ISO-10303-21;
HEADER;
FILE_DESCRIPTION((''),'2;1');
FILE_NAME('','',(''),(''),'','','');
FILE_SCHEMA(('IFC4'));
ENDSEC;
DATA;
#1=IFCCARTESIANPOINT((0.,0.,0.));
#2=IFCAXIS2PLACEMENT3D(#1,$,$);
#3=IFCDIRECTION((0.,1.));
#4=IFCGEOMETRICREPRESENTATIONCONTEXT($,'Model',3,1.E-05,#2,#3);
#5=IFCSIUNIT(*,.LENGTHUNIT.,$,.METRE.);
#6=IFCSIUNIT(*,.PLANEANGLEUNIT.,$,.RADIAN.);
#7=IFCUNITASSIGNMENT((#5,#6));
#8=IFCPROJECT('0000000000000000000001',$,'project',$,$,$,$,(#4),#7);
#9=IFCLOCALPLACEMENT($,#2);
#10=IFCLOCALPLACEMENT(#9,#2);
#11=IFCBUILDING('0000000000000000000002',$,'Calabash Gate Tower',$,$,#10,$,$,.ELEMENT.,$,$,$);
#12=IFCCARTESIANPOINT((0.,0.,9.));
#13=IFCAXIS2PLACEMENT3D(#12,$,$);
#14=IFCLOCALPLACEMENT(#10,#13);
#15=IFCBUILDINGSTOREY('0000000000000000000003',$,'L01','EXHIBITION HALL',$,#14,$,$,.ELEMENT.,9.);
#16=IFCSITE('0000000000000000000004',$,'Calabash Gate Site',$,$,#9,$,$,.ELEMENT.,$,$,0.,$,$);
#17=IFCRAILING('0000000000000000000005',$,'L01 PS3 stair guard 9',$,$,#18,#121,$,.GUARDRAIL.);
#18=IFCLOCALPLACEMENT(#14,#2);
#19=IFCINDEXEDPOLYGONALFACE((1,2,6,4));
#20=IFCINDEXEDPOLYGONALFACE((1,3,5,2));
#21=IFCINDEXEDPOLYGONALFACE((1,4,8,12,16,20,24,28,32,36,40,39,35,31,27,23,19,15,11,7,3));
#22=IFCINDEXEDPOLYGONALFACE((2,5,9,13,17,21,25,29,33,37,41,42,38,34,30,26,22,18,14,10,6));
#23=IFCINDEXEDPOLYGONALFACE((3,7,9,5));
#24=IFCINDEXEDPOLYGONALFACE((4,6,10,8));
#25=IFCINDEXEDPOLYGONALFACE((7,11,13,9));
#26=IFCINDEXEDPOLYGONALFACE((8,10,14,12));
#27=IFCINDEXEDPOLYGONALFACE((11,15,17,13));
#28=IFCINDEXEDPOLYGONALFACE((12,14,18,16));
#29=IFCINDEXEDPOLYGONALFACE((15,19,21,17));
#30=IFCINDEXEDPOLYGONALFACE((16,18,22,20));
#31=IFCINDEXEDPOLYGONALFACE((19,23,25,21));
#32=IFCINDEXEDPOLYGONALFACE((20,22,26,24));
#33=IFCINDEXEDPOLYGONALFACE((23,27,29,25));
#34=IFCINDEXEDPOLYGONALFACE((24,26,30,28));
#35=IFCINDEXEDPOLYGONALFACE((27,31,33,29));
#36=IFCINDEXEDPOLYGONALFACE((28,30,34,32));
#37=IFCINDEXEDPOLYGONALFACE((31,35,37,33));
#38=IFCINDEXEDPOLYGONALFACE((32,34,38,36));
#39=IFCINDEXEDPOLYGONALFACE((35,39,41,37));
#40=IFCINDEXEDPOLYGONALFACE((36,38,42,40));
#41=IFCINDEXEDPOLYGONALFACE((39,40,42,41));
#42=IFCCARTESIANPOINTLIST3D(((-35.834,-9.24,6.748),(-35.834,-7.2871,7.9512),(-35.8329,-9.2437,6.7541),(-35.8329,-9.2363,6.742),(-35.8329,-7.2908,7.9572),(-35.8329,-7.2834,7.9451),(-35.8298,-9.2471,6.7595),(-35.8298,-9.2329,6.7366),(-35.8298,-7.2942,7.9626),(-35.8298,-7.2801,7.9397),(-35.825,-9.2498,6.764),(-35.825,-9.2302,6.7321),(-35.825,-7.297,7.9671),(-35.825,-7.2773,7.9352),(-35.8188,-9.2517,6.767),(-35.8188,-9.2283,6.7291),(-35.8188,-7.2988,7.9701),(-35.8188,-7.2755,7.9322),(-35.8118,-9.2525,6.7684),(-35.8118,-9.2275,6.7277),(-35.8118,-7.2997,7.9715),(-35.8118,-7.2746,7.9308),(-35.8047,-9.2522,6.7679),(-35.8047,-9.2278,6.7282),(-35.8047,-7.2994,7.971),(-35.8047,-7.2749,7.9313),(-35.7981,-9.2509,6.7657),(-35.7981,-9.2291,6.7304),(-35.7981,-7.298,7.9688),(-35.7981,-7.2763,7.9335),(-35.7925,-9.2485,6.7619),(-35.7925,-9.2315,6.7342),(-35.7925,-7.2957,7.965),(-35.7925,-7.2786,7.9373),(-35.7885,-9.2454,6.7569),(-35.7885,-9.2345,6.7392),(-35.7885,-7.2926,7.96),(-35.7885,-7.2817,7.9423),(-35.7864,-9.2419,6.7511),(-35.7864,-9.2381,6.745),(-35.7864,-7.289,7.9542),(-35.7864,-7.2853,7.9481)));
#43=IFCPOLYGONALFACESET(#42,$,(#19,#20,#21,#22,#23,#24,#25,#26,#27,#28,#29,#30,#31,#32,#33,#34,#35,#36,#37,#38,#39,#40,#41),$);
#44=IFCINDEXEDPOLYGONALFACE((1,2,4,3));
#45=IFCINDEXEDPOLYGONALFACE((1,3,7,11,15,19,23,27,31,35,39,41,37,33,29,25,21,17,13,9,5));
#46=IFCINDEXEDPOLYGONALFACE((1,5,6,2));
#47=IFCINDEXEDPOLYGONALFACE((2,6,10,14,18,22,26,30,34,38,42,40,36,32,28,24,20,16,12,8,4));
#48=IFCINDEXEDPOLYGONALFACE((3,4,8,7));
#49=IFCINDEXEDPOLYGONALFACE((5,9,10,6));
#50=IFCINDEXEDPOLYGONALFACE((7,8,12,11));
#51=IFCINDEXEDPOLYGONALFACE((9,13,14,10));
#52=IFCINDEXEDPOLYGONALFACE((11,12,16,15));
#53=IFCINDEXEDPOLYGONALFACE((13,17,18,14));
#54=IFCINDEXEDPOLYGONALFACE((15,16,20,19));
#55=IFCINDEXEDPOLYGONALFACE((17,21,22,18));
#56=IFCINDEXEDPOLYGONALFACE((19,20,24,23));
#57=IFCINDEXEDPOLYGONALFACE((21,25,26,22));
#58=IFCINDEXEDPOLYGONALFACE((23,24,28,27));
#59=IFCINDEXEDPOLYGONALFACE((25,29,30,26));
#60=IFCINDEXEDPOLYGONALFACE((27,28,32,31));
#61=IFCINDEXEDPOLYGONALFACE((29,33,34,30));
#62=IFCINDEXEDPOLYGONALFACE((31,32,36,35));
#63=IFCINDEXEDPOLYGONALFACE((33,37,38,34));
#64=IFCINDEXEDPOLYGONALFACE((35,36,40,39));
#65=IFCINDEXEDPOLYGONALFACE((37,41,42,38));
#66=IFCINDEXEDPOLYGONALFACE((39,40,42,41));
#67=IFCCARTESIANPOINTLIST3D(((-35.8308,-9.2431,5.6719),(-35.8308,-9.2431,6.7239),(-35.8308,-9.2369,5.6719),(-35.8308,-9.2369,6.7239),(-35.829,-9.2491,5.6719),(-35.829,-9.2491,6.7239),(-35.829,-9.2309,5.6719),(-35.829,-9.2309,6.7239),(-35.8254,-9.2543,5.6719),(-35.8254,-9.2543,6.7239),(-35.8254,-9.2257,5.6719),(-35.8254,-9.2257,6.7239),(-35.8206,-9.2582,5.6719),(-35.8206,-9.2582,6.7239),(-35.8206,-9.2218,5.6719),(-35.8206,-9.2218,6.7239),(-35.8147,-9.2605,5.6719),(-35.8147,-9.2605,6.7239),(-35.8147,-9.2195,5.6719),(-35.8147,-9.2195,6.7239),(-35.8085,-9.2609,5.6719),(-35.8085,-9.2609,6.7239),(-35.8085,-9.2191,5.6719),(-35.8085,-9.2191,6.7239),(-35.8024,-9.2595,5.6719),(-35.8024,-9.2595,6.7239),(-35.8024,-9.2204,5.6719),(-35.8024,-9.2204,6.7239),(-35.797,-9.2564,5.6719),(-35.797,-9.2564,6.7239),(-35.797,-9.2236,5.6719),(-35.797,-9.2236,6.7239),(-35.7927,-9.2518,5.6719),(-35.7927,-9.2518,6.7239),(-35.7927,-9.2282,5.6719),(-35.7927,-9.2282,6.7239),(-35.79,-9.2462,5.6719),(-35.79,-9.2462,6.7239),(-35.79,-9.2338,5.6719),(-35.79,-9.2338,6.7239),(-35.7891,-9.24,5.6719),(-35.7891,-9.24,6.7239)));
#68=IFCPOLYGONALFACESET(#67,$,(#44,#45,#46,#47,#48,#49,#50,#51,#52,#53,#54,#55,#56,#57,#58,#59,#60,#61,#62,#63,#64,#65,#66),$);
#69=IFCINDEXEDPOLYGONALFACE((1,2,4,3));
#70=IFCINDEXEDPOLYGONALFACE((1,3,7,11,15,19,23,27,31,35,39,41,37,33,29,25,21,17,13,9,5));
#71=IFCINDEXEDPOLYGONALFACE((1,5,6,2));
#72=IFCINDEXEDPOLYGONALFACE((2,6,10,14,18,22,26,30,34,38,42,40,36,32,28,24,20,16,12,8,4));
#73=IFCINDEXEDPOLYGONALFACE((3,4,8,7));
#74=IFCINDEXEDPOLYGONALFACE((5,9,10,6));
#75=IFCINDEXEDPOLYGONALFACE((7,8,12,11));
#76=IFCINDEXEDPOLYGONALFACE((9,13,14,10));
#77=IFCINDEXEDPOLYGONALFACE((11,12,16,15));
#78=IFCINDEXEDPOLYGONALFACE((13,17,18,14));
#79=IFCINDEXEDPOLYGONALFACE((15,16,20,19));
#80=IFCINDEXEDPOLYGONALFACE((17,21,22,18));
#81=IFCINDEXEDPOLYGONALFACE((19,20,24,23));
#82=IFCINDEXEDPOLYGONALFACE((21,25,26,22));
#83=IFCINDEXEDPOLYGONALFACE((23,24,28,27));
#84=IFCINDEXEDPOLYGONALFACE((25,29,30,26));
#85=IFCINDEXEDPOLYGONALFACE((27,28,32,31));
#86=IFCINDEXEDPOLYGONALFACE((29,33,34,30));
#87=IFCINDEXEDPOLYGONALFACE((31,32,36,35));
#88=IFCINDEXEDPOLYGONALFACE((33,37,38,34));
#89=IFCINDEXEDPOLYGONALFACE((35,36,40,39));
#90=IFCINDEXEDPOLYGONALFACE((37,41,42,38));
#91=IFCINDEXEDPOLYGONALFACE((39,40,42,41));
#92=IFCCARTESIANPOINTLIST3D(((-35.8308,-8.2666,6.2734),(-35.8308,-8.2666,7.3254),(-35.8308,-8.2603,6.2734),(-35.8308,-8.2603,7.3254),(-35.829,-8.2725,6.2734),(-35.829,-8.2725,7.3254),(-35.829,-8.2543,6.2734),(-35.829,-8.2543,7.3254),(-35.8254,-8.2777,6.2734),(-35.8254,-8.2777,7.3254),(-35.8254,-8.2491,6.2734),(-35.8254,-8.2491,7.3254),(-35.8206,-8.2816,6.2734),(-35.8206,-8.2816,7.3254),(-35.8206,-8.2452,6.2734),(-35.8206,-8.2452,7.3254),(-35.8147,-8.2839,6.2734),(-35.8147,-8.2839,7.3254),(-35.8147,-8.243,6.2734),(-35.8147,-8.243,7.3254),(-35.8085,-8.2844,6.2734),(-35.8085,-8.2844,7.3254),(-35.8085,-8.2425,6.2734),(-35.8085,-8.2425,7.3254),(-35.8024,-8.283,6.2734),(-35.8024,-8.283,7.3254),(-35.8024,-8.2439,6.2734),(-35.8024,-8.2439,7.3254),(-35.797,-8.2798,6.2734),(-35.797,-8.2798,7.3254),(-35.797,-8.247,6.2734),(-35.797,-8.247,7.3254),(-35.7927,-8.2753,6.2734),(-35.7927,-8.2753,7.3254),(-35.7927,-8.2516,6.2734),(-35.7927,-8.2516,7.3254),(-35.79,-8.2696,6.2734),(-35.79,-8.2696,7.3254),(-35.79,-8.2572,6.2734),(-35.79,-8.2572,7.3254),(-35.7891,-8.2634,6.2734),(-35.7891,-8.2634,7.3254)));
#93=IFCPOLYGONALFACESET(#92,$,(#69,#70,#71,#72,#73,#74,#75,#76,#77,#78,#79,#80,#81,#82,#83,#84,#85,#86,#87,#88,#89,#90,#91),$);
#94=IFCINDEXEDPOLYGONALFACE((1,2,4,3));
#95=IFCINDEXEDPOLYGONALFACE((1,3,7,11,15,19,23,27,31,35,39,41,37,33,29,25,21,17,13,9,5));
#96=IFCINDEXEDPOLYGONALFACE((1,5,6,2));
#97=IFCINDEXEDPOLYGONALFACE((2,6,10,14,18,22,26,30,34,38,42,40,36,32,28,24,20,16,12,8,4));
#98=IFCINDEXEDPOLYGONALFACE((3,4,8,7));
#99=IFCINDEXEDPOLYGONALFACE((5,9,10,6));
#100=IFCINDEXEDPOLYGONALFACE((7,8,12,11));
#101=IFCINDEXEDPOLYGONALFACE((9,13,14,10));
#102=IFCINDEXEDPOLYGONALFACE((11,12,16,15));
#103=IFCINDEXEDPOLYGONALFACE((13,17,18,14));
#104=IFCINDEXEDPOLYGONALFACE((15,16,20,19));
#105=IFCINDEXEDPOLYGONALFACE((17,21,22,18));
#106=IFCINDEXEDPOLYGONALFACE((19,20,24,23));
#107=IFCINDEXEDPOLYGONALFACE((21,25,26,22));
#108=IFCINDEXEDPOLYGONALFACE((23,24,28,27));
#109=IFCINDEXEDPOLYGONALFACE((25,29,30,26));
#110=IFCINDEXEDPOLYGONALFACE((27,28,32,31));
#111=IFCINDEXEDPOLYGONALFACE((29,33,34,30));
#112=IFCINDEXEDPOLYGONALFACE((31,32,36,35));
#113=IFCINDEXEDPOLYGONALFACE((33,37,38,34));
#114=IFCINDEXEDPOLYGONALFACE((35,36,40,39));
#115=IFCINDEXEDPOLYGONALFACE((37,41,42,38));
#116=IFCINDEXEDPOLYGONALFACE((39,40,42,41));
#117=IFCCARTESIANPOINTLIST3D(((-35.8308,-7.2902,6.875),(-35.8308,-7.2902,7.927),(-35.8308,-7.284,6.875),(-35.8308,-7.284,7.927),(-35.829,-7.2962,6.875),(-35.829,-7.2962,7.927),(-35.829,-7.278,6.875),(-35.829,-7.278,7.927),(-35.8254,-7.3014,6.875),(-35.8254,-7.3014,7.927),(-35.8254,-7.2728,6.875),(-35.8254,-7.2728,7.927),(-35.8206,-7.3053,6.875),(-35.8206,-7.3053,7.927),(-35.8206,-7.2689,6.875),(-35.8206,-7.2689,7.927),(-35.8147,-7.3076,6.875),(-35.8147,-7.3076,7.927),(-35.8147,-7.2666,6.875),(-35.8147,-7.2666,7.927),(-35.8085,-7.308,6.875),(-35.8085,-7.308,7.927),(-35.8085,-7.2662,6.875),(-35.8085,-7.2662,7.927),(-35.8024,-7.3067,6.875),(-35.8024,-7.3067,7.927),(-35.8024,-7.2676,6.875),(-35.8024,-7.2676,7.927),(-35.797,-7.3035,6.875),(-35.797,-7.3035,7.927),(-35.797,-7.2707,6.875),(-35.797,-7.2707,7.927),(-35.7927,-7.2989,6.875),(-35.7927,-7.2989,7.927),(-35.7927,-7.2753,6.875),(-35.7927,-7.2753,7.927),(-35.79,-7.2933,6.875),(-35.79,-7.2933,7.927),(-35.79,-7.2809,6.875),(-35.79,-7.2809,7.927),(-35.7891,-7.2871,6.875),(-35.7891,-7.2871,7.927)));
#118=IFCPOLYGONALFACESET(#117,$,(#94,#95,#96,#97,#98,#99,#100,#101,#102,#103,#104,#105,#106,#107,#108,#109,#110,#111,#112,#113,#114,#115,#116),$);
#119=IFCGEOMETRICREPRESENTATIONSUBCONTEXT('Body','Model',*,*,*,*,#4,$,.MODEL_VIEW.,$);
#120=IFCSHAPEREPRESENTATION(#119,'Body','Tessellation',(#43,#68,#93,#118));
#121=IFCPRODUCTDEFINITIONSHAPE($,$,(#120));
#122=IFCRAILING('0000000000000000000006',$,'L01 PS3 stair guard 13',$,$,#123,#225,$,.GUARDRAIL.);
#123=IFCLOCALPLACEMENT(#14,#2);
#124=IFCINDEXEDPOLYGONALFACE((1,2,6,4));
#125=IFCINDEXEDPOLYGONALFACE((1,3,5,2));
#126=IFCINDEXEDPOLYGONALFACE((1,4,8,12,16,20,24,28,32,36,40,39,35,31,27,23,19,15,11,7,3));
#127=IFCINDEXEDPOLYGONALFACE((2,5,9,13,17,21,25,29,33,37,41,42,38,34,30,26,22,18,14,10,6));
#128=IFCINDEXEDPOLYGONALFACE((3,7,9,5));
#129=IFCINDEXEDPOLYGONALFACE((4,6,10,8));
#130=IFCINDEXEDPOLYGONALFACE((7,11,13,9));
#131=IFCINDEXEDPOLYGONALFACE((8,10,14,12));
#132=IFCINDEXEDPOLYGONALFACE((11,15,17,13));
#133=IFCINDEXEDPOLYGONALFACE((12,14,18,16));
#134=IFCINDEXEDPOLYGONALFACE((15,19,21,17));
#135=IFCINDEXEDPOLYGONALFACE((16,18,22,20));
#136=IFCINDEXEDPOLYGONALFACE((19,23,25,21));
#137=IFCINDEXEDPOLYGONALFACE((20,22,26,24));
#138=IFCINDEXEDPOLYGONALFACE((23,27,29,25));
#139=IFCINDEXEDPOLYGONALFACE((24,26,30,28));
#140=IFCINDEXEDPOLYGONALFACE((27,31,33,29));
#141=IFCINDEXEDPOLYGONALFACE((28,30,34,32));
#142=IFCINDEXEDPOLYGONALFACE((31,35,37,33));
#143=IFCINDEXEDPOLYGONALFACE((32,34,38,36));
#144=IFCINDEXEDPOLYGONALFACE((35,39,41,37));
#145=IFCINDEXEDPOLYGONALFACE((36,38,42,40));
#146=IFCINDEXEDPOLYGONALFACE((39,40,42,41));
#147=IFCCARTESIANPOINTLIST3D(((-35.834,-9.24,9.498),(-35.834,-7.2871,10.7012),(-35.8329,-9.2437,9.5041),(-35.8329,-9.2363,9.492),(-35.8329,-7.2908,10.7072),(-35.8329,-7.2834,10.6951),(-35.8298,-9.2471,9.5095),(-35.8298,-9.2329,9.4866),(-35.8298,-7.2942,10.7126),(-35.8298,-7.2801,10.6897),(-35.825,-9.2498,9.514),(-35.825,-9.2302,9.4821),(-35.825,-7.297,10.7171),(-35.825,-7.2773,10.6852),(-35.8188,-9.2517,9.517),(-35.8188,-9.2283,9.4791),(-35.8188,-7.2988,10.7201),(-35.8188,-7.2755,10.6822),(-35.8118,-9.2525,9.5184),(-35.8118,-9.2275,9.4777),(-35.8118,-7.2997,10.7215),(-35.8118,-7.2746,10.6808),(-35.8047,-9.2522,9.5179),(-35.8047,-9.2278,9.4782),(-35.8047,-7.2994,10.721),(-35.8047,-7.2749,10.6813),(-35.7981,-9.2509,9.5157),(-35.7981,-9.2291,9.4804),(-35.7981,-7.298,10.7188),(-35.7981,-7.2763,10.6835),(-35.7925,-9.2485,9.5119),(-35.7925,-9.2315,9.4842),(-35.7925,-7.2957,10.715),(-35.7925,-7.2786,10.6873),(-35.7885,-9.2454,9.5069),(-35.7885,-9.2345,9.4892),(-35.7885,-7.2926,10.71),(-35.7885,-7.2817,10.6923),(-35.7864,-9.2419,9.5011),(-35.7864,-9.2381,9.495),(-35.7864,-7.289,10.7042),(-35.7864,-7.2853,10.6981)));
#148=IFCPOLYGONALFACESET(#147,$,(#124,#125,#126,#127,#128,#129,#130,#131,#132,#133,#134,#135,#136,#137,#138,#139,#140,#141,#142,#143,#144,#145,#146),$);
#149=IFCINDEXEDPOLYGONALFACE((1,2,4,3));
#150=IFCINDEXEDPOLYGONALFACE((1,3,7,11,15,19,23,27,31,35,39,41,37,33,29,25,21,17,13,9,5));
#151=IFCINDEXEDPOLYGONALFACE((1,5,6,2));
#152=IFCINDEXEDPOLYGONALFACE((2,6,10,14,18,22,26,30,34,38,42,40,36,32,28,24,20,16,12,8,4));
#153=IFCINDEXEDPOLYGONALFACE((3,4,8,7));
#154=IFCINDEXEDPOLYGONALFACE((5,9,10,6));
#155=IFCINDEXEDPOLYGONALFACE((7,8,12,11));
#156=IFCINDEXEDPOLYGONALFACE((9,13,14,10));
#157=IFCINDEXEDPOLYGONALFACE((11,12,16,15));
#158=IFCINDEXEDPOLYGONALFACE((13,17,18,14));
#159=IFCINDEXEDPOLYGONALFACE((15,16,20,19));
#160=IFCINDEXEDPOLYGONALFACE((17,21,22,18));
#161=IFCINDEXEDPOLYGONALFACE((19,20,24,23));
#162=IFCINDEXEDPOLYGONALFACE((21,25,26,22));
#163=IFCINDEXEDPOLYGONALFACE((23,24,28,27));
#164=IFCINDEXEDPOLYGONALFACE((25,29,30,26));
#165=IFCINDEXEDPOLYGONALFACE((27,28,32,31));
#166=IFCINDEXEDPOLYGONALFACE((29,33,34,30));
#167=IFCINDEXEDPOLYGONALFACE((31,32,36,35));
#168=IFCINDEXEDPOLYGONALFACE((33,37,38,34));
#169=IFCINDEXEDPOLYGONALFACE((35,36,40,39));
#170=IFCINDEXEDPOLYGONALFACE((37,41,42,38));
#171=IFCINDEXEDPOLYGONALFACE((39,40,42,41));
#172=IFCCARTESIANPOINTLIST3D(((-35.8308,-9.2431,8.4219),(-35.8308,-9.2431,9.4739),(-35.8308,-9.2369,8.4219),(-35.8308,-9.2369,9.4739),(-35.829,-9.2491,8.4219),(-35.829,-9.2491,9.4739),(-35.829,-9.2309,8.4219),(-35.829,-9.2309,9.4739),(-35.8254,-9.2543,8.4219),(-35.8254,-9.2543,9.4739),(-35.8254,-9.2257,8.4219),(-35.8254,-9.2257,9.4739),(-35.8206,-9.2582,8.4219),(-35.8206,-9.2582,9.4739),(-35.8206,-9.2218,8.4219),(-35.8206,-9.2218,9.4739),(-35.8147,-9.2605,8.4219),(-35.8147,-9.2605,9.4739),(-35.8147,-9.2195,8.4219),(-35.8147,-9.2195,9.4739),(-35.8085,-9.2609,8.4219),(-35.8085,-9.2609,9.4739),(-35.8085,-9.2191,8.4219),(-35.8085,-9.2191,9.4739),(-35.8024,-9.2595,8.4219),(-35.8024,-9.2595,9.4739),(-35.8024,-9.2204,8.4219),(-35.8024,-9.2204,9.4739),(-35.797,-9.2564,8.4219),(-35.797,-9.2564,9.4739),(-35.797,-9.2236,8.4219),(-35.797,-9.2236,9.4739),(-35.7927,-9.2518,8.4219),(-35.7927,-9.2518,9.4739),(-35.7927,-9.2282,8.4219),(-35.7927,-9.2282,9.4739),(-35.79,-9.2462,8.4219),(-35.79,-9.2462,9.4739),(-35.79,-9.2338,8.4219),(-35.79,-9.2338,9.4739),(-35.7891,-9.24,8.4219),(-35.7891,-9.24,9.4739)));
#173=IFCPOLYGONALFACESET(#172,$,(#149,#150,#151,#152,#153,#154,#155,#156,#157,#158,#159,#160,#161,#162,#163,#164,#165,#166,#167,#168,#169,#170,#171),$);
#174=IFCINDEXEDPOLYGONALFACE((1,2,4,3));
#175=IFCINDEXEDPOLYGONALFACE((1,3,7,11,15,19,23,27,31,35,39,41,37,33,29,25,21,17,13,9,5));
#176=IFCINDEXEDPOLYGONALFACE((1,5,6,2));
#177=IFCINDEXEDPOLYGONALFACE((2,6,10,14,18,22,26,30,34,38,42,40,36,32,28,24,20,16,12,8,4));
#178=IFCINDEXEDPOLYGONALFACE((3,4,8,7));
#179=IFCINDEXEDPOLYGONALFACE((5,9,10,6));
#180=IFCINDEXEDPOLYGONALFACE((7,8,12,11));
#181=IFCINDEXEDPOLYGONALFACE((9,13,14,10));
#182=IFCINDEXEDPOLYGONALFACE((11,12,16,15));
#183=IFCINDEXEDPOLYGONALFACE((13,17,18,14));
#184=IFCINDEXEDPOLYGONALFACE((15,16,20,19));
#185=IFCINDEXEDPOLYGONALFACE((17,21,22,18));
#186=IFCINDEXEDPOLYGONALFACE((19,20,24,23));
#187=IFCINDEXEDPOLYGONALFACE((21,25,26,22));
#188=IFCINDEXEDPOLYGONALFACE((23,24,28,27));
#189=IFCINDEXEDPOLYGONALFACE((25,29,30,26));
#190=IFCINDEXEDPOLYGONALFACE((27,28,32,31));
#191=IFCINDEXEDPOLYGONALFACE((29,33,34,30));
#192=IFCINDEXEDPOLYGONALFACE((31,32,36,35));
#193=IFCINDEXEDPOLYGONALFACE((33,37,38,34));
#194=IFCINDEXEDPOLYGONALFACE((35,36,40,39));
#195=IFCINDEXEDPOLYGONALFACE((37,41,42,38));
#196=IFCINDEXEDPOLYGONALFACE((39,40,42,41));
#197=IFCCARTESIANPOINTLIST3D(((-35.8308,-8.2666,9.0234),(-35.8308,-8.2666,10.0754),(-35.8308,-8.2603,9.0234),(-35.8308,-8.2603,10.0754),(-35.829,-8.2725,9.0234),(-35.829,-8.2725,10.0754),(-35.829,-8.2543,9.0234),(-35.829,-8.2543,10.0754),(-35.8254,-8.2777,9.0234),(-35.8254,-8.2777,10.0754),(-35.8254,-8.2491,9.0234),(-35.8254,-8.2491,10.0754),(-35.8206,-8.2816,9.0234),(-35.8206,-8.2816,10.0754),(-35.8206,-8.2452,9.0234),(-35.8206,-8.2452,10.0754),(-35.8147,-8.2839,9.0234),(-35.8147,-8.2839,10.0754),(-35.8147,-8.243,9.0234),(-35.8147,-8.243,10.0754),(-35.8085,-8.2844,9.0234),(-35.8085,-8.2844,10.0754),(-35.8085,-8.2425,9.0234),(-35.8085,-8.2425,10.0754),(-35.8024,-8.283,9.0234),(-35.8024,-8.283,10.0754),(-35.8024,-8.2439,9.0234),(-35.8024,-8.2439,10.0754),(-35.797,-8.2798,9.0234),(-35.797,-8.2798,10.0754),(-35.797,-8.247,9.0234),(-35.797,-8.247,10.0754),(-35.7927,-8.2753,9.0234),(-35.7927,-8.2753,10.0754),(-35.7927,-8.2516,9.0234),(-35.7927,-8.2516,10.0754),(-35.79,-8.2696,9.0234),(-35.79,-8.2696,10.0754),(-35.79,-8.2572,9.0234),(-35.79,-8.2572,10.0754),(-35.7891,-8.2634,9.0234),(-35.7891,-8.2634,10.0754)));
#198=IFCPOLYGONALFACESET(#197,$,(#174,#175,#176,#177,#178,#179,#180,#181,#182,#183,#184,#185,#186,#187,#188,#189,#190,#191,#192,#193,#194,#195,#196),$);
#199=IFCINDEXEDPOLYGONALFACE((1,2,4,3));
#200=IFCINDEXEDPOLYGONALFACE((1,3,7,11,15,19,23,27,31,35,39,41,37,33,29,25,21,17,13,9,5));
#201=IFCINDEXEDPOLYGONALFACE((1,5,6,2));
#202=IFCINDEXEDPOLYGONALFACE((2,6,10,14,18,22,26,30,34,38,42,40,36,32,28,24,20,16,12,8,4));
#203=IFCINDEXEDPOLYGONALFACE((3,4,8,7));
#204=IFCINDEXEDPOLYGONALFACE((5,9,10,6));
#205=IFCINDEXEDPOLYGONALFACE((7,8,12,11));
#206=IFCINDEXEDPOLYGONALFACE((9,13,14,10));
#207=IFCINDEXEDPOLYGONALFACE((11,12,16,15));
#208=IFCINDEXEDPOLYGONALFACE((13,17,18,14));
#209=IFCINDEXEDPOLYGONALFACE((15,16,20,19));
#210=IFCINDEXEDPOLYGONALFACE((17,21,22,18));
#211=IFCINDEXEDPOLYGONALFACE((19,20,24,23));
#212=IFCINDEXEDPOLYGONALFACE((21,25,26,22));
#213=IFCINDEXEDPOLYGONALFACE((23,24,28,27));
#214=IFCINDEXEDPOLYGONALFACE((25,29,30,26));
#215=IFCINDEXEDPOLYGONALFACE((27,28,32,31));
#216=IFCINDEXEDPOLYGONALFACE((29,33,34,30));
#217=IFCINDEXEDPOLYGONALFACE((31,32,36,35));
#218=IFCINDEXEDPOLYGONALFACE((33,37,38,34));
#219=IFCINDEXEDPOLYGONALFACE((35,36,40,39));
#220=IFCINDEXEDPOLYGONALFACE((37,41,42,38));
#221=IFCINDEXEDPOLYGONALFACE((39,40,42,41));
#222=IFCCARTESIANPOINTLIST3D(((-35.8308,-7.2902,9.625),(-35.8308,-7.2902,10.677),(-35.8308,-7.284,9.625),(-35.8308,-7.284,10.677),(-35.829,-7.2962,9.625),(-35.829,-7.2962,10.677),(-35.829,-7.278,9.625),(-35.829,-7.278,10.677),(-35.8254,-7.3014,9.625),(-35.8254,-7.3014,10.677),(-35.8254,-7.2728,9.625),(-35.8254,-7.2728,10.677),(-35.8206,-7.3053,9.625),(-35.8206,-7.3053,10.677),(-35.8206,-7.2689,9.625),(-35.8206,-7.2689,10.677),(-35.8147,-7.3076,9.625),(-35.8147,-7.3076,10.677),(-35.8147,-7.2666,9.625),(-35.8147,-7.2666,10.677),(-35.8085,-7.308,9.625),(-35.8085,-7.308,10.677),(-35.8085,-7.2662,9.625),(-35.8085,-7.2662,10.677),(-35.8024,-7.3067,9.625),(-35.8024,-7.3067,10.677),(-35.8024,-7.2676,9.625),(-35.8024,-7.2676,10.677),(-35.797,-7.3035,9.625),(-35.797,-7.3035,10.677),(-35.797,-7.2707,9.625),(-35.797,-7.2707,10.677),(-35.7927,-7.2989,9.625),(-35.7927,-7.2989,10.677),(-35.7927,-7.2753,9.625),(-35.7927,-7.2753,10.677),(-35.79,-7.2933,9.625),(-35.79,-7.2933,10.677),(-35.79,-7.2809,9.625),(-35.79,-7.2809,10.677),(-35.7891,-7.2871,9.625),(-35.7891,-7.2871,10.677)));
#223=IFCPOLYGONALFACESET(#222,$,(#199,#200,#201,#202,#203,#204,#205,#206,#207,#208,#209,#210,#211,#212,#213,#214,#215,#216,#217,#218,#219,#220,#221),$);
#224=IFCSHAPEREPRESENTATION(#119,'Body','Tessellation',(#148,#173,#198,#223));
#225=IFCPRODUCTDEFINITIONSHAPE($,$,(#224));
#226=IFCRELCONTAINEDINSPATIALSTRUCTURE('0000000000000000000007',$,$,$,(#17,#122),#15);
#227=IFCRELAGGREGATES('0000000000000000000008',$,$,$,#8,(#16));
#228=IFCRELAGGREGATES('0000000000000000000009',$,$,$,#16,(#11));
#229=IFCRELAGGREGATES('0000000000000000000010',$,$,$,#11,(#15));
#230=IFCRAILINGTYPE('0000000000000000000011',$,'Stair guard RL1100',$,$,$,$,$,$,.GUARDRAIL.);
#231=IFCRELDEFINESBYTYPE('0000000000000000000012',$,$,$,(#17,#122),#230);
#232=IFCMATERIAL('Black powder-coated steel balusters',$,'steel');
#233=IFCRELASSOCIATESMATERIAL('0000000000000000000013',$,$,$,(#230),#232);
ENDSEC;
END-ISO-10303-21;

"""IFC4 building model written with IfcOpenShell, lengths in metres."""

from ifc_helpers import new_model, si_unit, direction, frame, origin, origin_2d, place, context, subcontext, project, spatial, circle, extrude, material, type_object, element, save


model = new_model("IFC4")

# Units and contexts
model_context = context("Model", 3, precision=1e-05, world=origin(), true_north=direction((0.0, 1.0)))
body_context = subcontext(model_context, "Body", "Model", "MODEL_VIEW")
ifc_project = project(units=[si_unit("LENGTHUNIT", "METRE"), si_unit("PLANEANGLEUNIT", "RADIAN")], contexts=[model_context])

# Site, building, storey
site_placement = place(None, origin())
site = spatial("IfcSite", under=ifc_project, at=site_placement, Name="Calabash Gate Site", CompositionType="ELEMENT", RefElevation=0.0)
building_placement = place(site_placement, origin())
building = spatial("IfcBuilding", under=site, at=building_placement, Name="Calabash Gate Tower", CompositionType="ELEMENT")
storey_placement = place(building_placement, frame((0.0, 0.0, 9.0)))
storey = spatial("IfcBuildingStorey", under=building, at=storey_placement, Name="L01", Description="EXHIBITION HALL", CompositionType="ELEMENT", Elevation=9.0)

# Railings
ifc_material_1 = material(Name="Black powder-coated steel balusters", Category="steel")
railing_type_1 = type_object("IfcRailingType", Name="Stair guard RL1100", PredefinedType="GUARDRAIL", material=ifc_material_1)
for number, where, name in (
    (1, (-35.8101, -9.24, 5.6719), "L01 PS3 stair guard 9"),
    (2, (-35.8101, -9.24, 8.4219), "L01 PS3 stair guard 13"),
):
    element("IfcRailing", number, at=place(storey_placement, frame(where)), inside=storey, type_object=railing_type_1, Name=name, PredefinedType="GUARDRAIL", context=body_context, shape_type="SweptSolid", body=[
        extrude(circle(Radius=0.0239, at=origin_2d()), frame((0.0, 0.0, 1.0762), z_axis=(0.0, 0.851395, 0.524525), x_axis=(-1.0, 0.0, 0.0)), (0.0, 0.0, 1.0), 2.2937),
        extrude(circle(Radius=0.021, at=origin_2d()), origin(), (0.0, 0.0, 1.0), 1.052),
        extrude(circle(Radius=0.021, at=origin_2d()), frame((0.0, 0.9766, 0.6016)), (0.0, 0.0, 1.0), 1.052),
        extrude(circle(Radius=0.021, at=origin_2d()), frame((0.0, 1.9529, 1.2031)), (0.0, 0.0, 1.0), 1.052),
    ])

save(model, "model.ifc")
